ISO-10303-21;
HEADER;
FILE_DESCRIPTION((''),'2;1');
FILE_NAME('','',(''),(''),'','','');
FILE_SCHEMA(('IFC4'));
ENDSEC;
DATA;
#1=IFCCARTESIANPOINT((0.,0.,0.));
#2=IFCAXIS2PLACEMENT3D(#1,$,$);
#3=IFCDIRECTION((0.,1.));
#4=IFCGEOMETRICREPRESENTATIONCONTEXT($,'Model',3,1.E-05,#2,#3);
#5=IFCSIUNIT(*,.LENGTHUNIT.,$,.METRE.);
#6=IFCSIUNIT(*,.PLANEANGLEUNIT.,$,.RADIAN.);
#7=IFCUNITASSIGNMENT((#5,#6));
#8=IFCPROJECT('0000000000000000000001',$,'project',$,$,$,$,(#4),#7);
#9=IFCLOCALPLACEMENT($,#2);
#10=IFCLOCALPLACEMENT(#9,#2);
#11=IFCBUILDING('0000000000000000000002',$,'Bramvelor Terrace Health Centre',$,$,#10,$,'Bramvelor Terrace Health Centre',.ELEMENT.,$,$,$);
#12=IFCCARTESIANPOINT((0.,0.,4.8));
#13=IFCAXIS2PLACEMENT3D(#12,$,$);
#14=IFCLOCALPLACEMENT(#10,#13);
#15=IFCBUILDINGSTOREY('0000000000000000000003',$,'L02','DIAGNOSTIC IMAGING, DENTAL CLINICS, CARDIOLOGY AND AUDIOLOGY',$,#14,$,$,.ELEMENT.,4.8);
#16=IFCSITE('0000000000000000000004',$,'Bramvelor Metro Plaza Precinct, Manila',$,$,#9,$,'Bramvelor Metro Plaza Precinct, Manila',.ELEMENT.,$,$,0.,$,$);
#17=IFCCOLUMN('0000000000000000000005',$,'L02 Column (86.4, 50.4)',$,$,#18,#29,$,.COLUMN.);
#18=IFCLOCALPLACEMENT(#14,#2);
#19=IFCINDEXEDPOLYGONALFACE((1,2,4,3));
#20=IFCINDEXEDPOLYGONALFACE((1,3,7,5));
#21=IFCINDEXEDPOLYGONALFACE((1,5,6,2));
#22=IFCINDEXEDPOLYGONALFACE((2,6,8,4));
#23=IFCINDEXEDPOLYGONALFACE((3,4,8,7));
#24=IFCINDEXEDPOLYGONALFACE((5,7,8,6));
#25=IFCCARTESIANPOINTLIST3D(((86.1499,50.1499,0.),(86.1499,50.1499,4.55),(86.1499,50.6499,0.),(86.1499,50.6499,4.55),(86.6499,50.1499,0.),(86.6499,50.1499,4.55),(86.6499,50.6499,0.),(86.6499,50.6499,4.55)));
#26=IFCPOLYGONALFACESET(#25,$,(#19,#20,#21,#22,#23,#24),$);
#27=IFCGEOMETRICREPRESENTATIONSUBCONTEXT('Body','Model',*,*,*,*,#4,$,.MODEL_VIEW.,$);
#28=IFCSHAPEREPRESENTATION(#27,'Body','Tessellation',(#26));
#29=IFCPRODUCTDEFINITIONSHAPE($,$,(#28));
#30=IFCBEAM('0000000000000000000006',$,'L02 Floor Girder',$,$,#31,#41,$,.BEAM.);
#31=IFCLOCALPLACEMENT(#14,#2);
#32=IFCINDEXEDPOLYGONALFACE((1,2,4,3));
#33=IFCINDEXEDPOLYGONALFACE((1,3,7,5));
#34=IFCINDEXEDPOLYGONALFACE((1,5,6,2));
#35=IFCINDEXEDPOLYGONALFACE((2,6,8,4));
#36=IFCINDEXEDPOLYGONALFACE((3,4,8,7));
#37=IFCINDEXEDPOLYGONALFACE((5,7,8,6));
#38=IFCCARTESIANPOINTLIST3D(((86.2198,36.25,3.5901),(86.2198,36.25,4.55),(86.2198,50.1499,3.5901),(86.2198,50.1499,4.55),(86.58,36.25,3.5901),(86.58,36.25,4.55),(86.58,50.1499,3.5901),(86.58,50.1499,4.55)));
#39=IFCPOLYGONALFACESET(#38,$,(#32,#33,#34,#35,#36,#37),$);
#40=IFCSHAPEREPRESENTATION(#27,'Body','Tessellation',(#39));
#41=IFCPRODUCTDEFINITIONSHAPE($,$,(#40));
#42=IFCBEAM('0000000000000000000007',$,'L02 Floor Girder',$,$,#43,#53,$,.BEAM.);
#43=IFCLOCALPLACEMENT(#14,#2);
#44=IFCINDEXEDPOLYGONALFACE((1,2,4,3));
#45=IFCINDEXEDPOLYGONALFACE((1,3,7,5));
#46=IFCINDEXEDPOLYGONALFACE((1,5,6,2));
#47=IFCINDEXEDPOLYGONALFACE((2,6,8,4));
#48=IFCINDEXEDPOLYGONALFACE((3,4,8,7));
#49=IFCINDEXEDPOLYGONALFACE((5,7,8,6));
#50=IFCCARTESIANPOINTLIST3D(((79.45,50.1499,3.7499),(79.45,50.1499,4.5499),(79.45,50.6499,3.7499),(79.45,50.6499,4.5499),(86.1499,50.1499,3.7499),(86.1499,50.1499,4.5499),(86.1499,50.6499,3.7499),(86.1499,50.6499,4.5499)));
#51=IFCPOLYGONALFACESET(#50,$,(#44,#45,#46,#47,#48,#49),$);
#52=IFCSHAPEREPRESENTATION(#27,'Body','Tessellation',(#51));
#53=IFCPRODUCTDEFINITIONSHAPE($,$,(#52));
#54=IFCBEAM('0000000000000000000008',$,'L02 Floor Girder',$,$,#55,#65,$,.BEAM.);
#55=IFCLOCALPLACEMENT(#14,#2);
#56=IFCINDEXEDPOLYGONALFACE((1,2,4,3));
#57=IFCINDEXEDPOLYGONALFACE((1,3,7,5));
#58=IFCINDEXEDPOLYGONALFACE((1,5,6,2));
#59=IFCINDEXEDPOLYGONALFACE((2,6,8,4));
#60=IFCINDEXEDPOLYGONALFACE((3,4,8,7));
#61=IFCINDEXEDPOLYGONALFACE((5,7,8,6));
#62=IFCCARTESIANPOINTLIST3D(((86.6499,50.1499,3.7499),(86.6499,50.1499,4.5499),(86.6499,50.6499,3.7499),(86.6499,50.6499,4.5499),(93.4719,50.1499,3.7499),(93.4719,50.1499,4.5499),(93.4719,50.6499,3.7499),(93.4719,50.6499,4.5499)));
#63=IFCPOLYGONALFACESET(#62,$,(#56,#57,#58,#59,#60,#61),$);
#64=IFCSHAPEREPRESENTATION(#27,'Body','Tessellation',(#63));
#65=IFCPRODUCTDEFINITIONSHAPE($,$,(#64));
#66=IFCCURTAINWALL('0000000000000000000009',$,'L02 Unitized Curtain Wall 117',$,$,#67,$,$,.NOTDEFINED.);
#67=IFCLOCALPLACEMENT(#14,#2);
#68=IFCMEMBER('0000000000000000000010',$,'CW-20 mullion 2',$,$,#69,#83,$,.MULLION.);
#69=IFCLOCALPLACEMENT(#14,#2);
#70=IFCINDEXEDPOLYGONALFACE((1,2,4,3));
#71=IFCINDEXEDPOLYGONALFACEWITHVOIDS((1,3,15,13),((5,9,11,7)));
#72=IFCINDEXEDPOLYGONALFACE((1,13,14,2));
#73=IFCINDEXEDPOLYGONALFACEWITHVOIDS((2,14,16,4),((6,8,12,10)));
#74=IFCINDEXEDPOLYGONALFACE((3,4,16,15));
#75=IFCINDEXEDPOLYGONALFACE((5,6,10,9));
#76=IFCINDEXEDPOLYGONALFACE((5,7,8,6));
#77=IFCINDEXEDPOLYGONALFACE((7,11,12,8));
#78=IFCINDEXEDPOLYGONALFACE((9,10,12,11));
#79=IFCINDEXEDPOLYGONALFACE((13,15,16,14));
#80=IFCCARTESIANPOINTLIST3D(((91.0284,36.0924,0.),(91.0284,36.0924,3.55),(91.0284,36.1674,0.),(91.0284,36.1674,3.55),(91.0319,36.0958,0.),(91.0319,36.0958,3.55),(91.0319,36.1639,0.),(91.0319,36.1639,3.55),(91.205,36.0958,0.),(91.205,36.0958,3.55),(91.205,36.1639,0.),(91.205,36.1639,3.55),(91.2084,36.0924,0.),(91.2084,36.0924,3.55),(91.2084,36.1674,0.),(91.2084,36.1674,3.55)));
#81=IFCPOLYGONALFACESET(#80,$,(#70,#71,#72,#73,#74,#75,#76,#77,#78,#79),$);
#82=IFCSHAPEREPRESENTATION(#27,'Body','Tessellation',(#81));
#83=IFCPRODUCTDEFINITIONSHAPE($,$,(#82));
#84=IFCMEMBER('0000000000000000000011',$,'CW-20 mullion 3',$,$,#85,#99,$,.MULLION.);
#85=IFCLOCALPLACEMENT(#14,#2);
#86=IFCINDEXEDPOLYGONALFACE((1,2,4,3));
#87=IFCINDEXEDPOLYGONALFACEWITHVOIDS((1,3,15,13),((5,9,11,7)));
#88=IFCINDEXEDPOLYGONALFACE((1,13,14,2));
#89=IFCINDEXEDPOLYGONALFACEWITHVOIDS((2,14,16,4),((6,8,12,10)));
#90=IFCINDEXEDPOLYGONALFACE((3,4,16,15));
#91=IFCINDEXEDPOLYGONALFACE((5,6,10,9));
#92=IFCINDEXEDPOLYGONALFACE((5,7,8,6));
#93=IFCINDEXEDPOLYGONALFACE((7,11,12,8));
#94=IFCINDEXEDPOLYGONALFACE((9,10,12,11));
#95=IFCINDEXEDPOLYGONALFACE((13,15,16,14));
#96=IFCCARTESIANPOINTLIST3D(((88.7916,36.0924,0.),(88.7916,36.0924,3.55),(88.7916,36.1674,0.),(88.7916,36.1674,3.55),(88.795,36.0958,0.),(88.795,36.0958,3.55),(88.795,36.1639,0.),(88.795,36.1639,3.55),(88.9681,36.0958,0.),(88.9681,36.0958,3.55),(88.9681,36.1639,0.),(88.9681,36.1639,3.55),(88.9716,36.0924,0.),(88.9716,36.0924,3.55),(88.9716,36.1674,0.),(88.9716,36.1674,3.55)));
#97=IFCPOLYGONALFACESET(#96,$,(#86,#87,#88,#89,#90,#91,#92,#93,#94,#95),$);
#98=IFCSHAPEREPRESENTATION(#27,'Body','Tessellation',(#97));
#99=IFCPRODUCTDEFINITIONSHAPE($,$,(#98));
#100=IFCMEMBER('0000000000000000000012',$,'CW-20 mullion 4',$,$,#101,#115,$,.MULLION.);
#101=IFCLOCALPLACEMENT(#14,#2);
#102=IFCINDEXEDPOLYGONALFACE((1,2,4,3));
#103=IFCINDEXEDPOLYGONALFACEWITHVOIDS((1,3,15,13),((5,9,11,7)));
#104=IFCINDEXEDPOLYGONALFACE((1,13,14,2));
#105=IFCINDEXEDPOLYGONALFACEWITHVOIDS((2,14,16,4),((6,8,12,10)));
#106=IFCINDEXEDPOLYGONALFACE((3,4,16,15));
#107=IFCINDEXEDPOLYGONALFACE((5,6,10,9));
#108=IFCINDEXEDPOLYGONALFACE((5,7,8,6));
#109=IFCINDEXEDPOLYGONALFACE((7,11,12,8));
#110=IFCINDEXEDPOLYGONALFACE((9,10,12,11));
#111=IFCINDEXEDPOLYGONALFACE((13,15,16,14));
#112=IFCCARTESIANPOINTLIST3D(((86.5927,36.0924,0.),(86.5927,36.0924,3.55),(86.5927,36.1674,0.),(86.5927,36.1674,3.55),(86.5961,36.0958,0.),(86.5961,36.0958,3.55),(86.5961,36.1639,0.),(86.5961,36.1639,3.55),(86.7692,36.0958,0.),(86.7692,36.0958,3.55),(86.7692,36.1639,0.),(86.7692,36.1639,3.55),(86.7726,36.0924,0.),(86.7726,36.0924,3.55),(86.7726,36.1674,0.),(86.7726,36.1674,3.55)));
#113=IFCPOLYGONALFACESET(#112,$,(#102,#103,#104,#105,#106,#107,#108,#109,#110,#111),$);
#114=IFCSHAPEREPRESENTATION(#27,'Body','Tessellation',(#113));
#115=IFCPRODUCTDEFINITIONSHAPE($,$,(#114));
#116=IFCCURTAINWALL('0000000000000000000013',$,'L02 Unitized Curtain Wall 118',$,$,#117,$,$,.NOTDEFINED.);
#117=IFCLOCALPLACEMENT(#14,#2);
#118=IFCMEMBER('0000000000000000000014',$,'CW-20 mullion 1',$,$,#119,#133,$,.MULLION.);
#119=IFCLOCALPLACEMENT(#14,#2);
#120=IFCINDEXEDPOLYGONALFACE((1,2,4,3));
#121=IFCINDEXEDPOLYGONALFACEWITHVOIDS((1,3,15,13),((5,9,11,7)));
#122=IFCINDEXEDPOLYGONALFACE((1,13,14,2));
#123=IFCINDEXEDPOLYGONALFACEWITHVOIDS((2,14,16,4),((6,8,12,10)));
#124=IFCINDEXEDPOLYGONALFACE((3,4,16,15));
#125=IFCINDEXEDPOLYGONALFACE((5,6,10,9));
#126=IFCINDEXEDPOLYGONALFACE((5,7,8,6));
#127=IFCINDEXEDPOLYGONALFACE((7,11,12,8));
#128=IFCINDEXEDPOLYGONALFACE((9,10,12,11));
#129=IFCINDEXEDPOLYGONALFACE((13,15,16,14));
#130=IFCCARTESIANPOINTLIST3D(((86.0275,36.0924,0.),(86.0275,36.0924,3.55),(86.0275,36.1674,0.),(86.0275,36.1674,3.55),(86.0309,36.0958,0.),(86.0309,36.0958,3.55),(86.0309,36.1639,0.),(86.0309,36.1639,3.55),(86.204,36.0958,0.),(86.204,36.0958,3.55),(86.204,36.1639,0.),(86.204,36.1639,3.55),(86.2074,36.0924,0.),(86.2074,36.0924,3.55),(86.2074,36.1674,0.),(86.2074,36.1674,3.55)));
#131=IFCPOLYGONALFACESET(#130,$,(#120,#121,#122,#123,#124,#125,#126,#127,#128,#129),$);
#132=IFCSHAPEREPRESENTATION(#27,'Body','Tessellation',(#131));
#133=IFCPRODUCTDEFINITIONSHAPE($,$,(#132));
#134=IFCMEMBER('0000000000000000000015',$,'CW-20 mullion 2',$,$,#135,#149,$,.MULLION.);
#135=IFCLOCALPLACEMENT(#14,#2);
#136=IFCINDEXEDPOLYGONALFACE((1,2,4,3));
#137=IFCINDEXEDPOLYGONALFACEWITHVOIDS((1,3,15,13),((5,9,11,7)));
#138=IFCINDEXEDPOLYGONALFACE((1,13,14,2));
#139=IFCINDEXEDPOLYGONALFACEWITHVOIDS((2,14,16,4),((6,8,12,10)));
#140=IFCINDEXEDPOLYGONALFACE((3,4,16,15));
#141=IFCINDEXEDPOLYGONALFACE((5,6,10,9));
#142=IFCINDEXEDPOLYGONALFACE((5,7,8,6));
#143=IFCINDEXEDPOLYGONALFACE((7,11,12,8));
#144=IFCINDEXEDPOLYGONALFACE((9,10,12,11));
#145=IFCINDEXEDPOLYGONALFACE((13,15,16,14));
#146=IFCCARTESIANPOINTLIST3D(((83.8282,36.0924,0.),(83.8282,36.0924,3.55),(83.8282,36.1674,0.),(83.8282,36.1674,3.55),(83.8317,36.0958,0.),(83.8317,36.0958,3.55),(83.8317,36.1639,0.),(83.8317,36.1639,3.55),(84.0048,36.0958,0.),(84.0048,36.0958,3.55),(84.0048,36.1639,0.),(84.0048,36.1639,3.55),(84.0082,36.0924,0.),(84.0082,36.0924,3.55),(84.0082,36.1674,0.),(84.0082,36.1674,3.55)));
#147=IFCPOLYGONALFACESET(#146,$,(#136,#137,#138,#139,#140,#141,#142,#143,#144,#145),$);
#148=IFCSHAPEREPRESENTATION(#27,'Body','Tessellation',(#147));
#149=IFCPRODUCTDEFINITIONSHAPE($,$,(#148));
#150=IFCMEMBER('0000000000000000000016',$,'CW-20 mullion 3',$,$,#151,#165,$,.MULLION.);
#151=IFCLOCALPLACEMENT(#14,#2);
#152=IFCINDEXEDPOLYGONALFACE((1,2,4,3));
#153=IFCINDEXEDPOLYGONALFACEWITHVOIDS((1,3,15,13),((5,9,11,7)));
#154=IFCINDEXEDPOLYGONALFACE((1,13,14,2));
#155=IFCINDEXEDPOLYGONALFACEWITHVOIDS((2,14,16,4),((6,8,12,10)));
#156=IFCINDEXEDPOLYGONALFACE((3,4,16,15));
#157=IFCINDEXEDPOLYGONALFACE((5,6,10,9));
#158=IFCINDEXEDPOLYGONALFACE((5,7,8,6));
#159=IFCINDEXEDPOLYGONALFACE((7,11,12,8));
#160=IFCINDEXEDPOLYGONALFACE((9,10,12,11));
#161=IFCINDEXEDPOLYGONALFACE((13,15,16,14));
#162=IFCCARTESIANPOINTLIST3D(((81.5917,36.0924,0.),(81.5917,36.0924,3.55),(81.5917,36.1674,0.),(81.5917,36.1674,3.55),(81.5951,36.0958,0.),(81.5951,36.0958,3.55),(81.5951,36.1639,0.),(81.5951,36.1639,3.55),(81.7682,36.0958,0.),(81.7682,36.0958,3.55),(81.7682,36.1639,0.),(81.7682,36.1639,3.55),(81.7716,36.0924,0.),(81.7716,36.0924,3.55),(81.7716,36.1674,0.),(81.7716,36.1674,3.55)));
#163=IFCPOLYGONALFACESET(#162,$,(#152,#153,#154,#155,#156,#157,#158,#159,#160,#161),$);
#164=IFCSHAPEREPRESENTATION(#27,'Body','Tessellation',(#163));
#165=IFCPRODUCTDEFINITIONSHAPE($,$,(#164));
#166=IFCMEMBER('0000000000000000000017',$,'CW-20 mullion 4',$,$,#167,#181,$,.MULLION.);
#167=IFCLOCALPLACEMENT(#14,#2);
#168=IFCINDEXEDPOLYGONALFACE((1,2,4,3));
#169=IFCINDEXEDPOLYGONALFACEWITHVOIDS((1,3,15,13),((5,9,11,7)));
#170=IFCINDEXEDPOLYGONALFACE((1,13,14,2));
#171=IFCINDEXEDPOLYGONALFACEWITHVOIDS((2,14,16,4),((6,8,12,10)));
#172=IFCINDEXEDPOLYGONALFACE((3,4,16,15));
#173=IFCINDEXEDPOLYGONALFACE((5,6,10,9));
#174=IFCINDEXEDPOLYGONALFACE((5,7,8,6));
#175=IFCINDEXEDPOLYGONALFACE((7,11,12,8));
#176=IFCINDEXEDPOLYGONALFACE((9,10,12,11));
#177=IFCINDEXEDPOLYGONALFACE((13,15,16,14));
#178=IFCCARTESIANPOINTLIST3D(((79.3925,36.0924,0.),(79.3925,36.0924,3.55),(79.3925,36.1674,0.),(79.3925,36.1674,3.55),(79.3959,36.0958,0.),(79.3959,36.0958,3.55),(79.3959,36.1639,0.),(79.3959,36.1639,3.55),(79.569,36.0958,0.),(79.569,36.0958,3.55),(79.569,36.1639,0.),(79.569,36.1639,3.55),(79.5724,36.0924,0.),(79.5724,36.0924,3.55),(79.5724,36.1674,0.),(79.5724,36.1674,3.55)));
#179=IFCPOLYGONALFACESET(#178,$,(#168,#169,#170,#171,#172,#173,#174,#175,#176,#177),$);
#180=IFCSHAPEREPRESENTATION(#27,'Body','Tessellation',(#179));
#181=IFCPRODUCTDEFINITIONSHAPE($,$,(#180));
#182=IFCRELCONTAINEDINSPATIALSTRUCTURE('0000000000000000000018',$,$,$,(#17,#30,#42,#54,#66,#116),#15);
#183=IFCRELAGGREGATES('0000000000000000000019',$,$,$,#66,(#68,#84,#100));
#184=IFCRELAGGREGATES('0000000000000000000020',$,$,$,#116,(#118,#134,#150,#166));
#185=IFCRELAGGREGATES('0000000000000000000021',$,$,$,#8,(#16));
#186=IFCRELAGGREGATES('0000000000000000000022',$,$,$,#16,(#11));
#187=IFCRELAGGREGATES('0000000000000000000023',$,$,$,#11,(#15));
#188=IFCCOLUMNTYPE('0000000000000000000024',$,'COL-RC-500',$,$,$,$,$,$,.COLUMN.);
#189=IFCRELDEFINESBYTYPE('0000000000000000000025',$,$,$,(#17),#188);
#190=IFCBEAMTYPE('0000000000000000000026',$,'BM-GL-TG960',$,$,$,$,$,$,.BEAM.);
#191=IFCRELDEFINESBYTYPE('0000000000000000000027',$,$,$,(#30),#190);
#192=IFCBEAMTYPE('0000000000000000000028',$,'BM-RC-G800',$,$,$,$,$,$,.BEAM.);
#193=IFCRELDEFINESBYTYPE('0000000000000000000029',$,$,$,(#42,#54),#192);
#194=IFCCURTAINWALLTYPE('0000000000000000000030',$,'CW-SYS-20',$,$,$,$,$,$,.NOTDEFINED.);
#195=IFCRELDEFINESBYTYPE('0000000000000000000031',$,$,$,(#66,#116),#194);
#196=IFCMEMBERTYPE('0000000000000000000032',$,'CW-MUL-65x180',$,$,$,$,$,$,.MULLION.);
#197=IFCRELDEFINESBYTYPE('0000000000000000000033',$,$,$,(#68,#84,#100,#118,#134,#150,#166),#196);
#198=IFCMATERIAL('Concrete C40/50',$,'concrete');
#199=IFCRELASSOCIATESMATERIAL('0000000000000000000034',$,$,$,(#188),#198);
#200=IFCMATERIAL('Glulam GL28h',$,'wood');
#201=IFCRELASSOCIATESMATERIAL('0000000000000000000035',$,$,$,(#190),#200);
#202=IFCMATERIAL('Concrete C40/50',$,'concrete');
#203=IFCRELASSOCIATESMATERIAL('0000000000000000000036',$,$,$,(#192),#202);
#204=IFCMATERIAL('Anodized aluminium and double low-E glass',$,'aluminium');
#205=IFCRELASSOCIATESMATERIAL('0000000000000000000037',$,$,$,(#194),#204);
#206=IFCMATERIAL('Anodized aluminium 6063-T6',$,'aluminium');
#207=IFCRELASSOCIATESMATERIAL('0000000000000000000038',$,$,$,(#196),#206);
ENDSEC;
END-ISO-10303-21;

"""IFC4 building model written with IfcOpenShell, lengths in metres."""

from ifc_helpers import new_model, si_unit, direction, frame, origin, origin_2d, place, context, subcontext, project, spatial, rectangle, hollow_rectangle, extrude, material, material_profile, profile_set, type_object, element, aggregate, save


model = new_model("IFC4")

# Units and contexts
model_context = context("Model", 3, precision=1e-05, world=origin(), true_north=direction((0.0, 1.0)))
body_context = subcontext(model_context, "Body", "Model", "MODEL_VIEW")
ifc_project = project(units=[si_unit("LENGTHUNIT", "METRE"), si_unit("PLANEANGLEUNIT", "RADIAN")], contexts=[model_context])

# Site, building, storey
site_placement = place(None, origin())
site = spatial("IfcSite", under=ifc_project, at=site_placement, Name="Bramvelor Metro Plaza Precinct, Manila", LongName="Bramvelor Metro Plaza Precinct, Manila", CompositionType="ELEMENT", RefElevation=0.0)
building_placement = place(site_placement, origin())
building = spatial("IfcBuilding", under=site, at=building_placement, Name="Bramvelor Terrace Health Centre", LongName="Bramvelor Terrace Health Centre", CompositionType="ELEMENT")
storey_placement = place(building_placement, frame((0.0, 0.0, 4.8)))
storey = spatial("IfcBuildingStorey", under=building, at=storey_placement, Name="L02", Description="DIAGNOSTIC IMAGING, DENTAL CLINICS, CARDIOLOGY AND AUDIOLOGY", CompositionType="ELEMENT", Elevation=4.8)

# Column
ifc_material_1 = material(Name="Concrete C40/50", Category="concrete")
ifc_material_profile_1 = material_profile(ifc_material_1, rectangle(XDim=0.5, YDim=0.5, at=origin_2d()), Name="RC 500x500")
ifc_profile_set_1 = profile_set([ifc_material_profile_1], Name="Concrete C40/50")
column_type = type_object("IfcColumnType", Name="COL-RC-500", PredefinedType="COLUMN", material=ifc_profile_set_1)
column_placement = place(storey_placement, frame((86.3999, 50.3999, 0.0), z_axis=(0.0, 0.0, 1.0), x_axis=(1.0, 0.0, 0.0)))
element("IfcColumn", 1, at=column_placement, inside=storey, type_object=column_type, Name="L02 Column (86.4, 50.4)", PredefinedType="COLUMN", context=body_context, shape_type="SweptSolid", body=[
    extrude(rectangle(XDim=0.5, YDim=0.5, at=origin_2d()), origin(), (0.0, 0.0, 1.0), 4.55),
])

# Beams
ifc_material_2 = material(Name="Glulam GL28h", Category="wood")
ifc_material_profile_2 = material_profile(ifc_material_2, rectangle(XDim=0.3601, YDim=0.96, at=origin_2d()), Name="GL 360x960")
ifc_profile_set_2 = profile_set([ifc_material_profile_2], Name="Glulam GL28h")
beam_type_1 = type_object("IfcBeamType", Name="BM-GL-TG960", PredefinedType="BEAM", material=ifc_profile_set_2)
beam_1_placement = place(storey_placement, frame((86.3999, 36.25, 4.0701), z_axis=(0.0, 1.0, 0.0), x_axis=(-1.0, 0.0, 0.0)))
element("IfcBeam", 2, at=beam_1_placement, inside=storey, type_object=beam_type_1, Name="L02 Floor Girder", PredefinedType="BEAM", context=body_context, shape_type="SweptSolid", body=[
    extrude(rectangle(XDim=0.3601, YDim=0.96, at=origin_2d()), origin(), (0.0, 0.0, 1.0), 13.8999),
])
ifc_material_3 = material(Name="Concrete C40/50", Category="concrete")
ifc_material_profile_3 = material_profile(ifc_material_3, rectangle(XDim=0.5, YDim=0.8, at=origin_2d()), Name="RC 500x800")
ifc_profile_set_3 = profile_set([ifc_material_profile_3], Name="Concrete C40/50")
beam_type_2 = type_object("IfcBeamType", Name="BM-RC-G800", PredefinedType="BEAM", material=ifc_profile_set_3)
beam_2_placement = place(storey_placement, frame((79.45, 50.3999, 4.1499), z_axis=(1.0, 0.0, 0.0), x_axis=(0.0, 1.0, 0.0)))
element("IfcBeam", 3, at=beam_2_placement, inside=storey, type_object=beam_type_2, Name="L02 Floor Girder", PredefinedType="BEAM", context=body_context, shape_type="SweptSolid", body=[
    extrude(rectangle(XDim=0.5, YDim=0.8, at=origin_2d()), origin(), (0.0, 0.0, 1.0), 6.7),
])
beam_3_placement = place(storey_placement, frame((86.6499, 50.3999, 4.1499), z_axis=(1.0, 0.0, 0.0), x_axis=(0.0, 1.0, 0.0)))
element("IfcBeam", 4, at=beam_3_placement, inside=storey, type_object=beam_type_2, Name="L02 Floor Girder", PredefinedType="BEAM", context=body_context, shape_type="SweptSolid", body=[
    extrude(rectangle(XDim=0.5, YDim=0.8, at=origin_2d()), origin(), (0.0, 0.0, 1.0), 6.822),
])

# Curtain walls, members
ifc_material_4 = material(Name="Anodized aluminium and double low-E glass", Category="aluminium")
curtain_wall_type = type_object("IfcCurtainWallType", Name="CW-SYS-20", PredefinedType="NOTDEFINED", material=ifc_material_4)
curtain_wall_1_placement = place(storey_placement, origin())
curtain_wall_1 = element("IfcCurtainWall", 5, at=curtain_wall_1_placement, inside=storey, type_object=curtain_wall_type, Name="L02 Unitized Curtain Wall 117", PredefinedType="NOTDEFINED")
ifc_material_5 = material(Name="Anodized aluminium 6063-T6", Category="aluminium")
ifc_material_profile_4 = material_profile(ifc_material_5, hollow_rectangle(XDim=0.075, YDim=0.1799, WallThickness=0.0034, at=origin_2d()), Name="ALU-MUL 75x180x3.5")
ifc_profile_set_4 = profile_set([ifc_material_profile_4], Name="Anodized aluminium 6063-T6")
member_type_1 = type_object("IfcMemberType", Name="CW-MUL-65x180", PredefinedType="MULLION", material=ifc_profile_set_4)
member_1_placement = place(storey_placement, frame((91.1184, 36.1299, 0.0), z_axis=(0.0, 0.0, 1.0), x_axis=(0.0, -1.0, 0.0)))
member_1 = element("IfcMember", 6, at=member_1_placement, type_object=member_type_1, Name="CW-20 mullion 2", PredefinedType="MULLION", context=body_context, shape_type="SweptSolid", body=[
    extrude(hollow_rectangle(XDim=0.075, YDim=0.1799, WallThickness=0.0034, at=origin_2d()), origin(), (0.0, 0.0, 1.0), 3.55),
])
member_2_placement = place(storey_placement, frame((88.8816, 36.1299, 0.0), z_axis=(0.0, 0.0, 1.0), x_axis=(0.0, -1.0, 0.0)))
member_2 = element("IfcMember", 7, at=member_2_placement, type_object=member_type_1, Name="CW-20 mullion 3", PredefinedType="MULLION", context=body_context, shape_type="SweptSolid", body=[
    extrude(hollow_rectangle(XDim=0.075, YDim=0.1799, WallThickness=0.0034, at=origin_2d()), origin(), (0.0, 0.0, 1.0), 3.55),
])
member_3_placement = place(storey_placement, frame((86.6826, 36.1299, 0.0), z_axis=(0.0, 0.0, 1.0), x_axis=(0.0, -1.0, 0.0)))
member_3 = element("IfcMember", 8, at=member_3_placement, type_object=member_type_1, Name="CW-20 mullion 4", PredefinedType="MULLION", context=body_context, shape_type="SweptSolid", body=[
    extrude(hollow_rectangle(XDim=0.075, YDim=0.1799, WallThickness=0.0034, at=origin_2d()), origin(), (0.0, 0.0, 1.0), 3.55),
])
curtain_wall_2_placement = place(storey_placement, origin())
curtain_wall_2 = element("IfcCurtainWall", 9, at=curtain_wall_2_placement, inside=storey, type_object=curtain_wall_type, Name="L02 Unitized Curtain Wall 118", PredefinedType="NOTDEFINED")
member_4_placement = place(storey_placement, frame((86.1174, 36.1299, 0.0), z_axis=(0.0, 0.0, 1.0), x_axis=(0.0, -1.0, 0.0)))
member_4 = element("IfcMember", 10, at=member_4_placement, type_object=member_type_1, Name="CW-20 mullion 1", PredefinedType="MULLION", context=body_context, shape_type="SweptSolid", body=[
    extrude(hollow_rectangle(XDim=0.075, YDim=0.1799, WallThickness=0.0034, at=origin_2d()), origin(), (0.0, 0.0, 1.0), 3.55),
])
member_5_placement = place(storey_placement, frame((83.9182, 36.1299, 0.0), z_axis=(0.0, 0.0, 1.0), x_axis=(0.0, -1.0, 0.0)))
member_5 = element("IfcMember", 11, at=member_5_placement, type_object=member_type_1, Name="CW-20 mullion 2", PredefinedType="MULLION", context=body_context, shape_type="SweptSolid", body=[
    extrude(hollow_rectangle(XDim=0.075, YDim=0.1799, WallThickness=0.0034, at=origin_2d()), origin(), (0.0, 0.0, 1.0), 3.55),
])
member_6_placement = place(storey_placement, frame((81.6816, 36.1299, 0.0), z_axis=(0.0, 0.0, 1.0), x_axis=(0.0, -1.0, 0.0)))
member_6 = element("IfcMember", 12, at=member_6_placement, type_object=member_type_1, Name="CW-20 mullion 3", PredefinedType="MULLION", context=body_context, shape_type="SweptSolid", body=[
    extrude(hollow_rectangle(XDim=0.075, YDim=0.1799, WallThickness=0.0034, at=origin_2d()), origin(), (0.0, 0.0, 1.0), 3.55),
])
member_7_placement = place(storey_placement, frame((79.4824, 36.1299, 0.0), z_axis=(0.0, 0.0, 1.0), x_axis=(0.0, -1.0, 0.0)))
member_7 = element("IfcMember", 13, at=member_7_placement, type_object=member_type_1, Name="CW-20 mullion 4", PredefinedType="MULLION", context=body_context, shape_type="SweptSolid", body=[
    extrude(hollow_rectangle(XDim=0.075, YDim=0.1799, WallThickness=0.0034, at=origin_2d()), origin(), (0.0, 0.0, 1.0), 3.55),
])

aggregate(curtain_wall_1, [member_1, member_2, member_3])
aggregate(curtain_wall_2, [member_4, member_5, member_6, member_7])

save(model, "model.ifc")
